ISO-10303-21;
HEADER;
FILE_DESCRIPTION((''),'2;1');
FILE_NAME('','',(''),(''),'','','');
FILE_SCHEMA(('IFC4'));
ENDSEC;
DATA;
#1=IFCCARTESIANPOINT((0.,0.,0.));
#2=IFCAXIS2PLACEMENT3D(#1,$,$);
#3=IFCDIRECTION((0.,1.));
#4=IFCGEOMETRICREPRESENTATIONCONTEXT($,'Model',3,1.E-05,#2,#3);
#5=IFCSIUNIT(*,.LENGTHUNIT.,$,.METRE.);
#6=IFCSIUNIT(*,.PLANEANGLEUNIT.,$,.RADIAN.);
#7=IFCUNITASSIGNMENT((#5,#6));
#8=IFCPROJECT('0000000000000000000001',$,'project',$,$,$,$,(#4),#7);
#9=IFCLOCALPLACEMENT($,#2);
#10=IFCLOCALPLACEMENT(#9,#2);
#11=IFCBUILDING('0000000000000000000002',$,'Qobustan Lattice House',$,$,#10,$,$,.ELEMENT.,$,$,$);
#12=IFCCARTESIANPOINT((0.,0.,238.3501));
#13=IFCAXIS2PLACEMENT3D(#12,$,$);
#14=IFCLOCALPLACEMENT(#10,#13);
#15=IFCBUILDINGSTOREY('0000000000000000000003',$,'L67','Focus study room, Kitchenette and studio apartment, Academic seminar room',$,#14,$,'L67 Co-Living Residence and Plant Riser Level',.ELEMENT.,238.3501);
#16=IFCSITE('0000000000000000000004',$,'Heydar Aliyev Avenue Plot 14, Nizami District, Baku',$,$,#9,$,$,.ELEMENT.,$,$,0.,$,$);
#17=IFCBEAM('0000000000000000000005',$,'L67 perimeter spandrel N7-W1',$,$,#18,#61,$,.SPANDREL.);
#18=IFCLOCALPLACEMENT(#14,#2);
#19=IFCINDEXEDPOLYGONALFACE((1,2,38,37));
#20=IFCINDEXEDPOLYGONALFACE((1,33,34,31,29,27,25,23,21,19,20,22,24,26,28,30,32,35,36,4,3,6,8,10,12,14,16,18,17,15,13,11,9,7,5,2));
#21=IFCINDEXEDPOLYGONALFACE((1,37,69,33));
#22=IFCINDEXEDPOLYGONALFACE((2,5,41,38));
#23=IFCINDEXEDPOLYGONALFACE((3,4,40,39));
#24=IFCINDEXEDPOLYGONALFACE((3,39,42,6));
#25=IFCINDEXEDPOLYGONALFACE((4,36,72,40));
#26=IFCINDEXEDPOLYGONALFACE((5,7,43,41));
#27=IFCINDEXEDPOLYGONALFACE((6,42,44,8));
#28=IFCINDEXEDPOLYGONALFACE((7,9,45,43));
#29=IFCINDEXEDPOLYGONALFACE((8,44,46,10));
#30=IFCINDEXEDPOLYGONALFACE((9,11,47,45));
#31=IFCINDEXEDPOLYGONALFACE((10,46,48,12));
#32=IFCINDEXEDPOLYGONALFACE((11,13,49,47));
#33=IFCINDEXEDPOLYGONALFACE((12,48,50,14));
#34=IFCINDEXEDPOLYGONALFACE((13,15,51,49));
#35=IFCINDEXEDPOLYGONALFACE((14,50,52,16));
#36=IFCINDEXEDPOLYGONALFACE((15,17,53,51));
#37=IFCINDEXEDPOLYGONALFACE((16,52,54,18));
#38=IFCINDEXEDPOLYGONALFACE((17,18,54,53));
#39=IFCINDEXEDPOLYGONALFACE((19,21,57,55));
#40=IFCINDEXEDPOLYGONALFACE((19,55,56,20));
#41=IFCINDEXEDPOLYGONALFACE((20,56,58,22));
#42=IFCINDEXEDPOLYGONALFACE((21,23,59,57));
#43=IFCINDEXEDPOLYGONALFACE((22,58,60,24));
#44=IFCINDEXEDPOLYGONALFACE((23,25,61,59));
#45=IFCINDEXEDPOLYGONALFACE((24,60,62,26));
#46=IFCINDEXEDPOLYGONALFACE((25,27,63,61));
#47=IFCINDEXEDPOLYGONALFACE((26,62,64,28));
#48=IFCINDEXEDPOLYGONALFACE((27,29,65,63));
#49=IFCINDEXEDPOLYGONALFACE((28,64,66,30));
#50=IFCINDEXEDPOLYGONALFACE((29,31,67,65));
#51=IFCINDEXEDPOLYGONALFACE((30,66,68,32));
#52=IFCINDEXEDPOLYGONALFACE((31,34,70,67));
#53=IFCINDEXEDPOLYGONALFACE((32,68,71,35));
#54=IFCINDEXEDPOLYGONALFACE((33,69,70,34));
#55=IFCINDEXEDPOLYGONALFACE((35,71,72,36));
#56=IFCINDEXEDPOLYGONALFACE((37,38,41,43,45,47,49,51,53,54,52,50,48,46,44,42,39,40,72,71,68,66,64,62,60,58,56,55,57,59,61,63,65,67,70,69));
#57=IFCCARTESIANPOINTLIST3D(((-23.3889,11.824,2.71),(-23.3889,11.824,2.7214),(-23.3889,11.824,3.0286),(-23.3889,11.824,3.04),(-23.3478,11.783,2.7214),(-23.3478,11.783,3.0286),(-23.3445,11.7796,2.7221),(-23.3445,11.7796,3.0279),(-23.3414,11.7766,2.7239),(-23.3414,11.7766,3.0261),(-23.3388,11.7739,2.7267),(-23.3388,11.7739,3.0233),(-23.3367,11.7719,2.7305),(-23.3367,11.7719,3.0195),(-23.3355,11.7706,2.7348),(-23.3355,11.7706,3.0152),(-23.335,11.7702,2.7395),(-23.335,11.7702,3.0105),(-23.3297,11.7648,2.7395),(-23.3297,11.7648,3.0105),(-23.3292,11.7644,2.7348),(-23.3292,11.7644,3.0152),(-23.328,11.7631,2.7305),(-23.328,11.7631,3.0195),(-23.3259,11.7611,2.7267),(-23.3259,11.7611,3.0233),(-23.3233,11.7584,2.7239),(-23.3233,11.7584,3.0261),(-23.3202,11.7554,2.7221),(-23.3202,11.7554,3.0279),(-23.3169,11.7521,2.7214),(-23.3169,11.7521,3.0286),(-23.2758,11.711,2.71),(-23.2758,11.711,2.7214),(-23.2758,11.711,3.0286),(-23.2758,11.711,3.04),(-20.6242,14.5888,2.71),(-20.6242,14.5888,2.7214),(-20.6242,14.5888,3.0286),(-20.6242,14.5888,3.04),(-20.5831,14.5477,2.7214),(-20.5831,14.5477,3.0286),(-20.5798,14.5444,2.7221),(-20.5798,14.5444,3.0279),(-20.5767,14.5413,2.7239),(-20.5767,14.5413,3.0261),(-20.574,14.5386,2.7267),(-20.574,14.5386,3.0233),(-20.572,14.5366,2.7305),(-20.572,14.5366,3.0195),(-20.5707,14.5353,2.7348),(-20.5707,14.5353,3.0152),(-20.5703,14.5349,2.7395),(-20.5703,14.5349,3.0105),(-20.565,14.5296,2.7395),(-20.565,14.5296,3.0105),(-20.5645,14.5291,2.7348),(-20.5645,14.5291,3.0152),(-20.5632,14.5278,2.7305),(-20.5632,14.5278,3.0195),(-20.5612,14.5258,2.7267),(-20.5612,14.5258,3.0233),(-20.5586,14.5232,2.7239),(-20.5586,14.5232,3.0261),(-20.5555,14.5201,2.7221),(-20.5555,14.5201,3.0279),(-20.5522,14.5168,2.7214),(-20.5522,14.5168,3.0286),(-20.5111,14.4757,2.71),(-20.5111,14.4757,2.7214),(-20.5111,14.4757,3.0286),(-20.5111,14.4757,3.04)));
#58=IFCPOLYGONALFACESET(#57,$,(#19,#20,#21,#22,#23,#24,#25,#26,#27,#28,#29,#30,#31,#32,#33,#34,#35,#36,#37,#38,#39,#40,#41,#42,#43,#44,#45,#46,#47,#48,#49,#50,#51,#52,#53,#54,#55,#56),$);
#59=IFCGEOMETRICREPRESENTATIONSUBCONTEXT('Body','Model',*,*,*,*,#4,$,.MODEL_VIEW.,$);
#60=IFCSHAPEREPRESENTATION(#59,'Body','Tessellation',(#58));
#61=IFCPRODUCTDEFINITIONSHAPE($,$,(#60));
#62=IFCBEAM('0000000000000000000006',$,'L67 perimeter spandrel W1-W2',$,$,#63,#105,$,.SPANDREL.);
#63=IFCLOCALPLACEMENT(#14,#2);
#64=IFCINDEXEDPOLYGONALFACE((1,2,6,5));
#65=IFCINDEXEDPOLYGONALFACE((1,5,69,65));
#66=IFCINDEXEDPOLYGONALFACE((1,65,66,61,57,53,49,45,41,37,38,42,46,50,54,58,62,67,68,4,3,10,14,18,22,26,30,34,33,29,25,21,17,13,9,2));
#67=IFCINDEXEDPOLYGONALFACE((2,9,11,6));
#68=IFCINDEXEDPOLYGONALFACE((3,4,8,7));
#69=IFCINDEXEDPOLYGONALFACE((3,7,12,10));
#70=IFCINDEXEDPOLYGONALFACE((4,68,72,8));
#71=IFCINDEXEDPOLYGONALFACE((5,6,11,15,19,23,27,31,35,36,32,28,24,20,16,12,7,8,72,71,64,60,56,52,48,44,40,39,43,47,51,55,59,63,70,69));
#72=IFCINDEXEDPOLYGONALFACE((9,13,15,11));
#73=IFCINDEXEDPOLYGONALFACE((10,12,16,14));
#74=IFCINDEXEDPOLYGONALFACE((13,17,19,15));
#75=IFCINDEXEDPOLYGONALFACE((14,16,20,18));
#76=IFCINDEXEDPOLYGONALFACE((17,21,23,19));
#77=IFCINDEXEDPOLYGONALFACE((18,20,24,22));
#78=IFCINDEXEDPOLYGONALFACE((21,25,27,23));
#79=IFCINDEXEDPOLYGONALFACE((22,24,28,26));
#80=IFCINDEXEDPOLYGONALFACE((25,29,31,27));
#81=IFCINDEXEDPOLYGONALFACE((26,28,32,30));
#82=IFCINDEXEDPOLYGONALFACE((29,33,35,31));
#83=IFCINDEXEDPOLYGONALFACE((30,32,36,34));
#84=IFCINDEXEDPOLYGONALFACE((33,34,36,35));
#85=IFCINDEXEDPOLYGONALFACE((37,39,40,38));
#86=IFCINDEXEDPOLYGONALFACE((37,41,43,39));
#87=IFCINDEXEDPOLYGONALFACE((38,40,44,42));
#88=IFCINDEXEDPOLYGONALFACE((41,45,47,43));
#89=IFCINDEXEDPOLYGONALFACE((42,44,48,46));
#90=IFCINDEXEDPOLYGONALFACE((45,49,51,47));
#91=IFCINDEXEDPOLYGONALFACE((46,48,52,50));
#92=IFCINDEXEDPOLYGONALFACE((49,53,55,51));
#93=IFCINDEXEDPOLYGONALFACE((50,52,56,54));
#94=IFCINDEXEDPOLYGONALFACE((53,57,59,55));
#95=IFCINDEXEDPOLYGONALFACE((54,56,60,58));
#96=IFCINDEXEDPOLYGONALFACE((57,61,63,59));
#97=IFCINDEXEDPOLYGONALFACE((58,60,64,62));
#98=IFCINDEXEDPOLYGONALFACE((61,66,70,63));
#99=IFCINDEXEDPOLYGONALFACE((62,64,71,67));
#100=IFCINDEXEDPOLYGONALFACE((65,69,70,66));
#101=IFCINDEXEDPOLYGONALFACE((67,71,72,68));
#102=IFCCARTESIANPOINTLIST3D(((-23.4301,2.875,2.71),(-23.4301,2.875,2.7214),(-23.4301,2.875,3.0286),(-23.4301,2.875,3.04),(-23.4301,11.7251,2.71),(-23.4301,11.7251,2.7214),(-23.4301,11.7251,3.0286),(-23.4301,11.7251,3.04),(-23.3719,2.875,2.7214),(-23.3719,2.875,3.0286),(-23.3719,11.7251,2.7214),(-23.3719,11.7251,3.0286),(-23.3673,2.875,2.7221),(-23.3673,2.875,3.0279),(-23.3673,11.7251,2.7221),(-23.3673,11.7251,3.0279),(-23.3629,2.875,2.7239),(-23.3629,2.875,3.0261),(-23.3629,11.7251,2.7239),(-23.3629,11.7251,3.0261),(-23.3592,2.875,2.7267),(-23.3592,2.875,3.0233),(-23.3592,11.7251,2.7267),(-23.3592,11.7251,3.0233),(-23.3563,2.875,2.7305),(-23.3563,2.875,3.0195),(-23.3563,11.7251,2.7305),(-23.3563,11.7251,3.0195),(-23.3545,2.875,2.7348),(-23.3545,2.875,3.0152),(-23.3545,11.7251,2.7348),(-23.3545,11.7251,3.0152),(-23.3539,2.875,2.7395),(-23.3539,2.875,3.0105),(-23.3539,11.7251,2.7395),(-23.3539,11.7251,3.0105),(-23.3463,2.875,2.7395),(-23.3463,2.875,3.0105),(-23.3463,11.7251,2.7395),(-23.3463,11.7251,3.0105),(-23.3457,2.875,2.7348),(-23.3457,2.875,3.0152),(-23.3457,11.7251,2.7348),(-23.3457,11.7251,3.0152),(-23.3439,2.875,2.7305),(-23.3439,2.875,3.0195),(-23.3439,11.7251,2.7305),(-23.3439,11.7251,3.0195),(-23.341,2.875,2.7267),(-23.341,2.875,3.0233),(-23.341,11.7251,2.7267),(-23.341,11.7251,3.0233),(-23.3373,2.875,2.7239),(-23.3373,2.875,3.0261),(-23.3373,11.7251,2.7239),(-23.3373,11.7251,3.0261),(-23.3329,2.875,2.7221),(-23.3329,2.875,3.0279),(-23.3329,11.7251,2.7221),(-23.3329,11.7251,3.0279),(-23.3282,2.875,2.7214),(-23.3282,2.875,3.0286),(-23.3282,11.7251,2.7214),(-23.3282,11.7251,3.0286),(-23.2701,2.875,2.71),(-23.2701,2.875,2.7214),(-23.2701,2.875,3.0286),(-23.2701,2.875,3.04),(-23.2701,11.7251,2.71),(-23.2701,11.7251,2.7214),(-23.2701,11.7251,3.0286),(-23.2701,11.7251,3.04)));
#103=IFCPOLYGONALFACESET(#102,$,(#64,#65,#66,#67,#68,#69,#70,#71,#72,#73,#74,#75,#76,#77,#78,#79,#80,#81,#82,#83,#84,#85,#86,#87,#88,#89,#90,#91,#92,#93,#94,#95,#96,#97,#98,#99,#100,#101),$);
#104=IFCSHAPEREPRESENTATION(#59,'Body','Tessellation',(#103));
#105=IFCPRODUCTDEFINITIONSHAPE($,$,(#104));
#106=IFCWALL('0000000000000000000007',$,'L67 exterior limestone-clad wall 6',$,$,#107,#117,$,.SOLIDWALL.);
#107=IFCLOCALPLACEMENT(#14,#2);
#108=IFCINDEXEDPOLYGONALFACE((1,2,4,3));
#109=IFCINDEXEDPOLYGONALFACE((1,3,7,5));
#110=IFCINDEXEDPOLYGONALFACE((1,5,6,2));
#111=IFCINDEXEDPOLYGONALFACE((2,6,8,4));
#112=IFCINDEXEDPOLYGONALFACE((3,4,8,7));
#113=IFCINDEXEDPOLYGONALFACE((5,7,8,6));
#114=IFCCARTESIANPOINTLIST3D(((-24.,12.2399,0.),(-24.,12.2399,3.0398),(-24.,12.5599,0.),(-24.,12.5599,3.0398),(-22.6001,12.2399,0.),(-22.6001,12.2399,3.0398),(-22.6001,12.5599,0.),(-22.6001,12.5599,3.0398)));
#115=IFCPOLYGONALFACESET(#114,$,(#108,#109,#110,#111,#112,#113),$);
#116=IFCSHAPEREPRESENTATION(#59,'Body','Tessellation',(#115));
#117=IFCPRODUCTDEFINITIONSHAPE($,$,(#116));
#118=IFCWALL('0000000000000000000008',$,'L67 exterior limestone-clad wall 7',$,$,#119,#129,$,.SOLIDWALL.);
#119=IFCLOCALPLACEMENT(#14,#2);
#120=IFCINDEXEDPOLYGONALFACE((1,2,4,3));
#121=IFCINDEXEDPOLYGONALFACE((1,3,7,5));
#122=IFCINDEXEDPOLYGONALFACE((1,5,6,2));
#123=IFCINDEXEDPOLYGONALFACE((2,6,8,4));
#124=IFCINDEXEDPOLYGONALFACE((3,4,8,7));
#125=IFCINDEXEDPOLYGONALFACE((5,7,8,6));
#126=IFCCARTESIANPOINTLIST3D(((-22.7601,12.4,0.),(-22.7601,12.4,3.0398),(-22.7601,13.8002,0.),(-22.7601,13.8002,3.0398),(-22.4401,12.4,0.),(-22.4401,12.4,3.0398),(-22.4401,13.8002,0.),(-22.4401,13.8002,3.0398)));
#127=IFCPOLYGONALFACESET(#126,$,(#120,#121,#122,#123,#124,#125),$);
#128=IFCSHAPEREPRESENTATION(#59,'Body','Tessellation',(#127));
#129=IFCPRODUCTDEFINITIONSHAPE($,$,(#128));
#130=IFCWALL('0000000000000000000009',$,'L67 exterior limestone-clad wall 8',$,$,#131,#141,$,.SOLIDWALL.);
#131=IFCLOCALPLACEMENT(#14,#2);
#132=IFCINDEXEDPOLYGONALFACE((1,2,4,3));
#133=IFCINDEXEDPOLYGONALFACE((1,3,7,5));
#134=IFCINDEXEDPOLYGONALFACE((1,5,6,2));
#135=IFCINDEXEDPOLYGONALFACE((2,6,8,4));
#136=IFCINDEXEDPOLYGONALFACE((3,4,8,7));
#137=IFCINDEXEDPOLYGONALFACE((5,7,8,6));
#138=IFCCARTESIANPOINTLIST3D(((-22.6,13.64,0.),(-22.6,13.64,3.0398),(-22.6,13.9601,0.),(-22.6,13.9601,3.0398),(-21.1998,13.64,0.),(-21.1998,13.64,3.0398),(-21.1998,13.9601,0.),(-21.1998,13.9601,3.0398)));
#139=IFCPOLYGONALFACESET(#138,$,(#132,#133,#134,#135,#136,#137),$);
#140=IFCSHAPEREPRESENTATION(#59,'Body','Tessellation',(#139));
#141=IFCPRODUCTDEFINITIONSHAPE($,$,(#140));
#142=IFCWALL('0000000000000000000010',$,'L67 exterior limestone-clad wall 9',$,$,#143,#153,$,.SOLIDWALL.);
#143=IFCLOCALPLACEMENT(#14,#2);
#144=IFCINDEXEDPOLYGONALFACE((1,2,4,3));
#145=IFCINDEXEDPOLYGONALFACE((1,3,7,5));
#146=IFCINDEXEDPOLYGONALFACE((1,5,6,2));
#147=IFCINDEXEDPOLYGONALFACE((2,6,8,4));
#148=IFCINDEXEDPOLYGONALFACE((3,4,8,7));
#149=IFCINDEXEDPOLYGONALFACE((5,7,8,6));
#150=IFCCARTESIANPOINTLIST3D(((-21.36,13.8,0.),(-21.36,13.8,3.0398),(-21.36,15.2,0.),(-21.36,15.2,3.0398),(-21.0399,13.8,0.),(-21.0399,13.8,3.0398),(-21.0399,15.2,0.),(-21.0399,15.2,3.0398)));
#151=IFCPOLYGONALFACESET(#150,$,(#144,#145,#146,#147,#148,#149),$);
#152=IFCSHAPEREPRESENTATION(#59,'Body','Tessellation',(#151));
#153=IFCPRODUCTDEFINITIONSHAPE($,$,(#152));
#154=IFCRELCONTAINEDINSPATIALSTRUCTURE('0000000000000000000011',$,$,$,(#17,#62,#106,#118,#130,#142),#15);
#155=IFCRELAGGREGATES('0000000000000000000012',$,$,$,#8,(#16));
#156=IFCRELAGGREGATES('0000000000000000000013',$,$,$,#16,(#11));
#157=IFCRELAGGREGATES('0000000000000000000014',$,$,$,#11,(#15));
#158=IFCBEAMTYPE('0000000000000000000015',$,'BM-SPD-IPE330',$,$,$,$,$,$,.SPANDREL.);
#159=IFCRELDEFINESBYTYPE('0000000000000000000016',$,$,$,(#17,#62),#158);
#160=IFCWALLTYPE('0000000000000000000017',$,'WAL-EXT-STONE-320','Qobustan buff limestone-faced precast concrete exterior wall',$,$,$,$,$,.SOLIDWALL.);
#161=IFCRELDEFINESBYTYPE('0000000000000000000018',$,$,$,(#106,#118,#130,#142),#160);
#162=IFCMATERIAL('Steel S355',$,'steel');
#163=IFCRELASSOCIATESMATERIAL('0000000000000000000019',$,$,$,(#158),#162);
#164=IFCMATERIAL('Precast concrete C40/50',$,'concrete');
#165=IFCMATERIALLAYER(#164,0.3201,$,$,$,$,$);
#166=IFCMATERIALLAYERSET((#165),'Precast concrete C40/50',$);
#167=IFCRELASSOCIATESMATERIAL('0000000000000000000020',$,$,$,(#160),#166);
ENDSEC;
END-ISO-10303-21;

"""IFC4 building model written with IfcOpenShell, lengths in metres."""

from ifc_helpers import new_model, si_unit, direction, frame, frame_2d, origin, origin_2d, place, context, subcontext, project, spatial, rectangle, i_section, extrude, material, layer, layer_set, material_profile, profile_set, type_object, element, save


model = new_model("IFC4")

# Units and contexts
model_context = context("Model", 3, precision=1e-05, world=origin(), true_north=direction((0.0, 1.0)))
body_context = subcontext(model_context, "Body", "Model", "MODEL_VIEW")
ifc_project = project(units=[si_unit("LENGTHUNIT", "METRE"), si_unit("PLANEANGLEUNIT", "RADIAN")], contexts=[model_context])

# Site, building, storey
site_placement = place(None, origin())
site = spatial("IfcSite", under=ifc_project, at=site_placement, Name="Heydar Aliyev Avenue Plot 14, Nizami District, Baku", CompositionType="ELEMENT", RefElevation=0.0)
building_placement = place(site_placement, origin())
building = spatial("IfcBuilding", under=site, at=building_placement, Name="Qobustan Lattice House", CompositionType="ELEMENT")
storey_placement = place(building_placement, frame((0.0, 0.0, 238.3501)))
storey = spatial("IfcBuildingStorey", under=building, at=storey_placement, Name="L67", Description="Focus study room, Kitchenette and studio apartment, Academic seminar room", LongName="L67 Co-Living Residence and Plant Riser Level", CompositionType="ELEMENT", Elevation=238.3501)

# Beams
ifc_material_1 = material(Name="Steel S355", Category="steel")
ifc_material_profile_1 = material_profile(ifc_material_1, i_section(OverallWidth=0.1599, OverallDepth=0.3301, WebThickness=0.0076, FlangeThickness=0.0115, FilletRadius=0.0181, at=origin_2d()), Name="IPE330")
ifc_profile_set_1 = profile_set([ifc_material_profile_1], Name="Steel S355")
beam_type_1 = type_object("IfcBeamType", Name="BM-SPD-IPE330", PredefinedType="SPANDREL", material=ifc_profile_set_1)
beam_1_placement = place(storey_placement, frame((-20.5676, 14.5322, 2.875), z_axis=(-0.707107, -0.707107, 0.0), x_axis=(0.707107, -0.707107, 0.0)))
element("IfcBeam", 1, at=beam_1_placement, inside=storey, type_object=beam_type_1, Name="L67 perimeter spandrel N7-W1", PredefinedType="SPANDREL", context=body_context, shape_type="SweptSolid", body=[
    extrude(i_section(OverallWidth=0.1599, OverallDepth=0.3301, WebThickness=0.0076, FlangeThickness=0.0115, FilletRadius=0.0181, at=origin_2d()), origin(), (0.0, 0.0, 1.0), 3.9099),
])
beam_2_placement = place(storey_placement, frame((-23.3501, 11.7251, 2.875), z_axis=(0.0, -1.0, 0.0), x_axis=(1.0, 0.0, 0.0)))
element("IfcBeam", 2, at=beam_2_placement, inside=storey, type_object=beam_type_1, Name="L67 perimeter spandrel W1-W2", PredefinedType="SPANDREL", context=body_context, shape_type="SweptSolid", body=[
    extrude(i_section(OverallWidth=0.1599, OverallDepth=0.3301, WebThickness=0.0076, FlangeThickness=0.0115, FilletRadius=0.0181, at=origin_2d()), origin(), (0.0, 0.0, 1.0), 8.8501),
])

# Walls
ifc_material_2 = material(Name="Precast concrete C40/50", Category="concrete")
ifc_layer_1 = layer(ifc_material_2, 0.3201)
ifc_layer_set_1 = layer_set([ifc_layer_1], Name="Precast concrete C40/50")
wall_type_1 = type_object("IfcWallType", Name="WAL-EXT-STONE-320", Description="Qobustan buff limestone-faced precast concrete exterior wall", PredefinedType="SOLIDWALL", material=ifc_layer_set_1)
wall_1_placement = place(storey_placement, frame((-24.0, 12.3999, 0.0), z_axis=(0.0, 0.0, 1.0), x_axis=(1.0, 0.0, 0.0)))
element("IfcWall", 3, at=wall_1_placement, inside=storey, type_object=wall_type_1, Name="L67 exterior limestone-clad wall 6", PredefinedType="SOLIDWALL", context=body_context, shape_type="SweptSolid", body=[
    extrude(rectangle(XDim=1.3999, YDim=0.3201, at=frame_2d((0.7, 0.0))), origin(), (0.0, 0.0, 1.0), 3.0398),
])
for number, where, z_axis, x_axis, name in (
    (4, (-22.6001, 12.3999, 0.0), (0.0, 0.0, 1.0), (0.0, 1.0, 0.0), "L67 exterior limestone-clad wall 7"),
    (5, (-22.6001, 13.8, 0.0), (0.0, 0.0, 1.0), (1.0, 0.0, 0.0), "L67 exterior limestone-clad wall 8"),
):
    element("IfcWall", number, at=place(storey_placement, frame(where, z_axis=z_axis, x_axis=x_axis)), inside=storey, type_object=wall_type_1, Name=name, PredefinedType="SOLIDWALL", context=body_context, shape_type="SweptSolid", body=[
        extrude(rectangle(XDim=1.4001, YDim=0.3201, at=frame_2d((0.7002, 0.0))), origin(), (0.0, 0.0, 1.0), 3.0398),
    ])
wall_2_placement = place(storey_placement, frame((-21.2, 13.8, 0.0), z_axis=(0.0, 0.0, 1.0), x_axis=(0.0, 1.0, 0.0)))
element("IfcWall", 6, at=wall_2_placement, inside=storey, type_object=wall_type_1, Name="L67 exterior limestone-clad wall 9", PredefinedType="SOLIDWALL", context=body_context, shape_type="SweptSolid", body=[
    extrude(rectangle(XDim=1.3999, YDim=0.3201, at=frame_2d((0.7, 0.0))), origin(), (0.0, 0.0, 1.0), 3.0398),
])

save(model, "model.ifc")
